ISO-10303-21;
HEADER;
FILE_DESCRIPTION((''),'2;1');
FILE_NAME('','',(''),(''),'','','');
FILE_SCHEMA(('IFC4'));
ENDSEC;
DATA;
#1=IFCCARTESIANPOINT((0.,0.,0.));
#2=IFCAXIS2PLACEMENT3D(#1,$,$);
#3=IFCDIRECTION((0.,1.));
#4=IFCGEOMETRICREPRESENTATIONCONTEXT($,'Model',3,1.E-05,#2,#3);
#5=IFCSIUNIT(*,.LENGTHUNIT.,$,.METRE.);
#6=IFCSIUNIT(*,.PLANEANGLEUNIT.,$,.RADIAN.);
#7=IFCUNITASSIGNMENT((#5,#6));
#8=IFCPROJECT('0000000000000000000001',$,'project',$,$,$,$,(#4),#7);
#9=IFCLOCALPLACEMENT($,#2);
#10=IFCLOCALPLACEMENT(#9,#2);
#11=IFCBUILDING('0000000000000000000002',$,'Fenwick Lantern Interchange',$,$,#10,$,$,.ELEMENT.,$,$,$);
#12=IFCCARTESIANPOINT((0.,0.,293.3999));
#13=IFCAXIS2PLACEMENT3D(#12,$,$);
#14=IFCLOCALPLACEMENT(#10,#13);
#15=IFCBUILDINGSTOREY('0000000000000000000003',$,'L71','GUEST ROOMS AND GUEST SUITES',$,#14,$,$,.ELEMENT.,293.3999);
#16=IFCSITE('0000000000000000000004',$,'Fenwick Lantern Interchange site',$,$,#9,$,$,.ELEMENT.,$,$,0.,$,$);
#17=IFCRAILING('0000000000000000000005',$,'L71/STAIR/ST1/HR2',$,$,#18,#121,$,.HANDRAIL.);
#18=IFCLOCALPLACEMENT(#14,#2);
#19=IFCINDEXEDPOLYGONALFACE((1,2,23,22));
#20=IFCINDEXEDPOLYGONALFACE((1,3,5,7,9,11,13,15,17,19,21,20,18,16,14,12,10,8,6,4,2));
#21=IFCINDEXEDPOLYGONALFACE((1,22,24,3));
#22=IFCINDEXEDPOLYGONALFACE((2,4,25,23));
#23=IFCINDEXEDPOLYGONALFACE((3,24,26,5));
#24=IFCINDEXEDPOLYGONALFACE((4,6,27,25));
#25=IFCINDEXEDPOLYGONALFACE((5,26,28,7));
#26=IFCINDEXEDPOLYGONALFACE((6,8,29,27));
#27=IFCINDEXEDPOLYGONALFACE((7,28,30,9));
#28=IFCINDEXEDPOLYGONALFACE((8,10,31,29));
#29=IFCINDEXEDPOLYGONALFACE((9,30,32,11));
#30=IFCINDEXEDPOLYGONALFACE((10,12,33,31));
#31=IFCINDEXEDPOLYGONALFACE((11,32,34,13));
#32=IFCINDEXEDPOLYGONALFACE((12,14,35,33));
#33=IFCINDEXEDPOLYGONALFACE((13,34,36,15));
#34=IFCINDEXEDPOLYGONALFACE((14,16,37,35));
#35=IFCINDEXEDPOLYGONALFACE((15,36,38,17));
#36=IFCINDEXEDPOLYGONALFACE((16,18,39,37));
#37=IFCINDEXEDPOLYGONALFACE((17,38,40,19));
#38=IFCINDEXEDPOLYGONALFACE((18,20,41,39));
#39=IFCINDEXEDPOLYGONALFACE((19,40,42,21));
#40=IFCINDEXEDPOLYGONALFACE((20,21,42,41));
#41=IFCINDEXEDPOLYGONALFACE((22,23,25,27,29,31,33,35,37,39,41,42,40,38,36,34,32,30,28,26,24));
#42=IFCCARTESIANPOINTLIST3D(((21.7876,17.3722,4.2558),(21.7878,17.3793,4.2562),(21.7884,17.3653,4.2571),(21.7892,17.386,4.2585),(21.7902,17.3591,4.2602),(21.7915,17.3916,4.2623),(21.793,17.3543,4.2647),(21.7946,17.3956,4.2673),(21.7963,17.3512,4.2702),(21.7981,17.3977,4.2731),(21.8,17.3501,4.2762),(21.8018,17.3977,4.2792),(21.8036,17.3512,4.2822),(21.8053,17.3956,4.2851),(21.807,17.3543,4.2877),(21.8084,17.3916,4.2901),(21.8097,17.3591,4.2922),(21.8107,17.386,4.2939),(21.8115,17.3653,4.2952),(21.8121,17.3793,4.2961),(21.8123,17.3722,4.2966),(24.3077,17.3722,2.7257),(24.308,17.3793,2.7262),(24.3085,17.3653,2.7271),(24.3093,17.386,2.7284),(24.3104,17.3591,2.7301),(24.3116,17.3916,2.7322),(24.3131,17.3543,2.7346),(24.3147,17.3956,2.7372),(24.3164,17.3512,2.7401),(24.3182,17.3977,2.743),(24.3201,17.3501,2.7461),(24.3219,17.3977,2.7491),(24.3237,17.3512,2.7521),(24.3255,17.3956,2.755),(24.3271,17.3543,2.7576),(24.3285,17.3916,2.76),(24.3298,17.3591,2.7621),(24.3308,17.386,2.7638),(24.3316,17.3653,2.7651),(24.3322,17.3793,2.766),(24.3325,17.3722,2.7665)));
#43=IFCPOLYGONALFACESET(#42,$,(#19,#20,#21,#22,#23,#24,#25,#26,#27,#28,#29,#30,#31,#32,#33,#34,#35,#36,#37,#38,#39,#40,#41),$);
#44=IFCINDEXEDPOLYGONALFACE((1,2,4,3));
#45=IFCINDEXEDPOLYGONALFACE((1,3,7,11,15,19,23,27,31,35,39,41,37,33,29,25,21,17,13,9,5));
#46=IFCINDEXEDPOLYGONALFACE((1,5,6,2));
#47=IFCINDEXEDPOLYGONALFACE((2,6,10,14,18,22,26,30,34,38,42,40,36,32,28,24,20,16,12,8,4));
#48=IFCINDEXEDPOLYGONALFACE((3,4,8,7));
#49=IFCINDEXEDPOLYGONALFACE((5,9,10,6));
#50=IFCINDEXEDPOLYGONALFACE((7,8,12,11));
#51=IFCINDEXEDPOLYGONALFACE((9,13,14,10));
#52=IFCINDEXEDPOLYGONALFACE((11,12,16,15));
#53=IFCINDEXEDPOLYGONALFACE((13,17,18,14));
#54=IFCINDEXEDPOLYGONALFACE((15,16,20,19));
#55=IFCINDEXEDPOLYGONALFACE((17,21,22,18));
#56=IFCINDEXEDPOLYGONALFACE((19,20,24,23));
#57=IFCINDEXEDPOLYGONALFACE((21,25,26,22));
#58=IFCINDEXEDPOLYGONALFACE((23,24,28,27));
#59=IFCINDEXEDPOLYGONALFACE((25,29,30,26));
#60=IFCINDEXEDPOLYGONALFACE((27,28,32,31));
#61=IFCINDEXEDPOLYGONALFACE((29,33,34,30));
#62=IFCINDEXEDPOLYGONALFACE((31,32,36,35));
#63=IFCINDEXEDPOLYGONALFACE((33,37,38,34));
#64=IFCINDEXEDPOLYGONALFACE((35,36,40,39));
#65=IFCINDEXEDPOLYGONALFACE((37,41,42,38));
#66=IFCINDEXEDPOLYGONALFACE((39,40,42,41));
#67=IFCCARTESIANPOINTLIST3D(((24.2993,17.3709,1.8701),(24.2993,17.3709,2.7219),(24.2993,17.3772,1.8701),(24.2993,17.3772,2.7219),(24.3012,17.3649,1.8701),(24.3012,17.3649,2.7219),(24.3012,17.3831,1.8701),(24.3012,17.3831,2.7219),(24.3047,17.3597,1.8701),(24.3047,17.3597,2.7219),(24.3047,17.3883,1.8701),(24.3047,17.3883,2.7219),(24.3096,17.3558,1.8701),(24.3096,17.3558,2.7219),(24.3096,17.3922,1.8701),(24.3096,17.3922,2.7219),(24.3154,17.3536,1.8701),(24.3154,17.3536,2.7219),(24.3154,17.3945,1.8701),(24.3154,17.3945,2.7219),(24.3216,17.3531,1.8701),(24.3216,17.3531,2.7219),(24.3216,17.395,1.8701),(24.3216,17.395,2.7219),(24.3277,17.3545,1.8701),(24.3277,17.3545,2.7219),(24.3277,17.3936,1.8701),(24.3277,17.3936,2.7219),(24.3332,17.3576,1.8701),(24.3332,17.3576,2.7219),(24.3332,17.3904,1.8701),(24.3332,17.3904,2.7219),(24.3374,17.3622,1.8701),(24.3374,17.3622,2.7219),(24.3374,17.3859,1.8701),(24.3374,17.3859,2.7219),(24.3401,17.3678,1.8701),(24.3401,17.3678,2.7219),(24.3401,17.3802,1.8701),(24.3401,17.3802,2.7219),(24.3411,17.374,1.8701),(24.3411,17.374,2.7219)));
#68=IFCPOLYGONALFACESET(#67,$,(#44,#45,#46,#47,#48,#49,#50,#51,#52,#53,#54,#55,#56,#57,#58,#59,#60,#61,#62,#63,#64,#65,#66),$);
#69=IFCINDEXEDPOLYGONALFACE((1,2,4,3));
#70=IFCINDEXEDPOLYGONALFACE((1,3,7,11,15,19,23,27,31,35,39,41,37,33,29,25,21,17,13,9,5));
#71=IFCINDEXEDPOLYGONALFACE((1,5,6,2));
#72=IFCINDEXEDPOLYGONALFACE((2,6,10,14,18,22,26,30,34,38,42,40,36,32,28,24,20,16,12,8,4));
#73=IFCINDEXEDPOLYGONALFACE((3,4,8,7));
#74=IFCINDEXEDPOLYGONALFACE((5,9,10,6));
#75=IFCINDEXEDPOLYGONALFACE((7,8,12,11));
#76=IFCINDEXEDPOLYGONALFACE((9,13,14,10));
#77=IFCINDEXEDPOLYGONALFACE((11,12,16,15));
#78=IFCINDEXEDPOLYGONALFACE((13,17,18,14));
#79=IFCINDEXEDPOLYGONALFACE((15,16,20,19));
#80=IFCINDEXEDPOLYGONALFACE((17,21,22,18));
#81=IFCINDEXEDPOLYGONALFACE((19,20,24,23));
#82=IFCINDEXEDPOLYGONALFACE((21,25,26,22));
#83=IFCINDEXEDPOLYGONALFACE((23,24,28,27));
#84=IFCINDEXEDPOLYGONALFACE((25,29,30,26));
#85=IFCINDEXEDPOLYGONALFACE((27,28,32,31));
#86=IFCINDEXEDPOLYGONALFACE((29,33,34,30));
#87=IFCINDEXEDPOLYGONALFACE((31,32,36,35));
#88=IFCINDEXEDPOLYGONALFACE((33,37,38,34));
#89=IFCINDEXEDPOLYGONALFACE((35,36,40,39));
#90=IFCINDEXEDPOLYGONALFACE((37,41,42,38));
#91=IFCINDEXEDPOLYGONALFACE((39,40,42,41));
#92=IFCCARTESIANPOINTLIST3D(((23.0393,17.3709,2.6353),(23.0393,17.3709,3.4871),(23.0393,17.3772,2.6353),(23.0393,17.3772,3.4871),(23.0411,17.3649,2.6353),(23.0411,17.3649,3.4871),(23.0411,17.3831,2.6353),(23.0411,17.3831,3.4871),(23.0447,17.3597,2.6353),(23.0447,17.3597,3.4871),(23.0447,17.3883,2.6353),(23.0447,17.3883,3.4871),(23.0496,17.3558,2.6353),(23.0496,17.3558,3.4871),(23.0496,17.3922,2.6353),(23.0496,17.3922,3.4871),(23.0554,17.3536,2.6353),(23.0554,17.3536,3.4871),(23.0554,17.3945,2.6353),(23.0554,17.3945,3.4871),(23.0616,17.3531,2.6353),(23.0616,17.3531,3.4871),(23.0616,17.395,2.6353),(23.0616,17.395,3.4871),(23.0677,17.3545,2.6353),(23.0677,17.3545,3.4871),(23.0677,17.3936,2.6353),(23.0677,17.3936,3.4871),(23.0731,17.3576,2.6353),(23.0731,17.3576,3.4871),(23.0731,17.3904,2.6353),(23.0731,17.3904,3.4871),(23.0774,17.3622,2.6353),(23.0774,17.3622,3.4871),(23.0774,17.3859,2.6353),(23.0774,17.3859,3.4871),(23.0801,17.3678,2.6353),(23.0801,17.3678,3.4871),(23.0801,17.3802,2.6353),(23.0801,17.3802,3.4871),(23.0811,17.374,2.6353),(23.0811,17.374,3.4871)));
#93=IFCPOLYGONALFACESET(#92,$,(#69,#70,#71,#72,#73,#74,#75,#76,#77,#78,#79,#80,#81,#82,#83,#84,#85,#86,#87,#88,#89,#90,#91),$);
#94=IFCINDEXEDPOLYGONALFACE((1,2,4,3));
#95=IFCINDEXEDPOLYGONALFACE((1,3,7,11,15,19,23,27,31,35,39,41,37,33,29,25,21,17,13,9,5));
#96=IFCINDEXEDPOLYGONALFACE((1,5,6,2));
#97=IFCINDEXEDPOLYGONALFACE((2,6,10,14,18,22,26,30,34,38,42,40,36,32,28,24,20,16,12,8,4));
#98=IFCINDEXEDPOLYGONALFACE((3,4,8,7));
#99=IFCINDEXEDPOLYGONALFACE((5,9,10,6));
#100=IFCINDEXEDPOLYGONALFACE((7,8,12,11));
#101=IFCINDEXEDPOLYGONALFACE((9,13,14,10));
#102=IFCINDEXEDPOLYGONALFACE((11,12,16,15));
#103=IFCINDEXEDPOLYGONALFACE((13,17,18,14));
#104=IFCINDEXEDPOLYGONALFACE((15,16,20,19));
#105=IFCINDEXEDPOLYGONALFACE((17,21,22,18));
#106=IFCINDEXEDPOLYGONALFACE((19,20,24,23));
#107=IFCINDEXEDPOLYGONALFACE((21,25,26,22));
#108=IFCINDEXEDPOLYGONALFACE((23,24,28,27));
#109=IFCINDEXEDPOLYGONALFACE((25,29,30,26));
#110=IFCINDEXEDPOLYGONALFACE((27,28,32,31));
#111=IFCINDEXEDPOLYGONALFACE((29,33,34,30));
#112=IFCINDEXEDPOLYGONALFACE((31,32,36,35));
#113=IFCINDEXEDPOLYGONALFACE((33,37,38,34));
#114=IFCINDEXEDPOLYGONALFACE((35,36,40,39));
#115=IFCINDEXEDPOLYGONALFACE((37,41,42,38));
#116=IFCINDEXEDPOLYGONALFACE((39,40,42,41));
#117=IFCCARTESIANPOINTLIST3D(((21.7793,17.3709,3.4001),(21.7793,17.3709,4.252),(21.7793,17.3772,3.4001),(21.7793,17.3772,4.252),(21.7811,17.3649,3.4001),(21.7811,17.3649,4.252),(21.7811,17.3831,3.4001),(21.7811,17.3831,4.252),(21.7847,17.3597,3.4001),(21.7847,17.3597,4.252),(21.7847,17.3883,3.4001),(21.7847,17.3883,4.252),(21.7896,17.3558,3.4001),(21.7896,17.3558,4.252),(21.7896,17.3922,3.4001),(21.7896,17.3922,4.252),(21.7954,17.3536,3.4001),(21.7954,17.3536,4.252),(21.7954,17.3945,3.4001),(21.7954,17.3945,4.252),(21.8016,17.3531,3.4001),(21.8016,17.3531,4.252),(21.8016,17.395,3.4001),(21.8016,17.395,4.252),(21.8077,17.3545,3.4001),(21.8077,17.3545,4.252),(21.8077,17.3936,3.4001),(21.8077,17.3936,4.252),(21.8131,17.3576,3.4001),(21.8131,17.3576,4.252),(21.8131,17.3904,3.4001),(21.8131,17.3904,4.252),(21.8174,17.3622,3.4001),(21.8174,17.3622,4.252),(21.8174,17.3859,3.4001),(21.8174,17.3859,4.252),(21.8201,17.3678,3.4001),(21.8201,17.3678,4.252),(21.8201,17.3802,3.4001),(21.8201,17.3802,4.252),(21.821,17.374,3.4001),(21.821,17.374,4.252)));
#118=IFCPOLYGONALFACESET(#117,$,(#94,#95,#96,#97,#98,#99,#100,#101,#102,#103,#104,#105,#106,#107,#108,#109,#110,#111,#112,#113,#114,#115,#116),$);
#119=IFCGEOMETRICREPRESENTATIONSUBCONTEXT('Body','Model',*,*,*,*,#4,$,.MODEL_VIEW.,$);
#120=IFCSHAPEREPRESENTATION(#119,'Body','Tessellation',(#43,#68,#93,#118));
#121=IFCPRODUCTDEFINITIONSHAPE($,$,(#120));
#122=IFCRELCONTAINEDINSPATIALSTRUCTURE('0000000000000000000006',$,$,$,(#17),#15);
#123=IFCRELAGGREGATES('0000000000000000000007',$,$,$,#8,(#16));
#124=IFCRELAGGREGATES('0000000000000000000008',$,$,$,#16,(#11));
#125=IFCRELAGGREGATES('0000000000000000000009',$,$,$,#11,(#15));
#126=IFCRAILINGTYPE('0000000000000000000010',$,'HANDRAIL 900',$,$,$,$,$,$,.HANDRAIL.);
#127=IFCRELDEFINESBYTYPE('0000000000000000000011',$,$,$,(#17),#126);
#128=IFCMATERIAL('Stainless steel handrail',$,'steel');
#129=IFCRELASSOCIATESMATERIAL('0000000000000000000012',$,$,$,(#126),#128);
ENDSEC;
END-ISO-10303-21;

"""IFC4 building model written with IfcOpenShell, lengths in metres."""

from ifc_helpers import new_model, si_unit, direction, frame, origin, origin_2d, place, context, subcontext, project, spatial, circle, extrude, material, type_object, element, save


model = new_model("IFC4")

# Units and contexts
model_context = context("Model", 3, precision=1e-05, world=origin(), true_north=direction((0.0, 1.0)))
body_context = subcontext(model_context, "Body", "Model", "MODEL_VIEW")
ifc_project = project(units=[si_unit("LENGTHUNIT", "METRE"), si_unit("PLANEANGLEUNIT", "RADIAN")], contexts=[model_context])

# Site, building, storey
site_placement = place(None, origin())
site = spatial("IfcSite", under=ifc_project, at=site_placement, Name="Fenwick Lantern Interchange site", CompositionType="ELEMENT", RefElevation=0.0)
building_placement = place(site_placement, origin())
building = spatial("IfcBuilding", under=site, at=building_placement, Name="Fenwick Lantern Interchange", CompositionType="ELEMENT")
storey_placement = place(building_placement, frame((0.0, 0.0, 293.3999)))
storey = spatial("IfcBuildingStorey", under=building, at=storey_placement, Name="L71", Description="GUEST ROOMS AND GUEST SUITES", CompositionType="ELEMENT", Elevation=293.3999)

# Railing
ifc_material_1 = material(Name="Stainless steel handrail", Category="steel")
railing_type = type_object("IfcRailingType", Name="HANDRAIL 900", PredefinedType="HANDRAIL", material=ifc_material_1)
railing_1_placement = place(storey_placement, frame((24.3201, 17.374, 1.8701)))
element("IfcRailing", 1, at=railing_1_placement, inside=storey, type_object=railing_type, Name="L71/STAIR/ST1/HR2", PredefinedType="HANDRAIL", context=body_context, shape_type="SweptSolid", body=[
    extrude(circle(Radius=0.0239, at=origin_2d()), frame((0.0, 0.0, 0.876), z_axis=(-0.854785, 0.0, 0.518982), x_axis=(0.0, -1.0, 0.0)), (0.0, 0.0, 1.0), 2.9482),
    extrude(circle(Radius=0.021, at=origin_2d()), origin(), (0.0, 0.0, 1.0), 0.8518),
    extrude(circle(Radius=0.021, at=origin_2d()), frame((-1.26, 0.0, 0.7651)), (0.0, 0.0, 1.0), 0.8518),
    extrude(circle(Radius=0.021, at=origin_2d()), frame((-2.52, 0.0, 1.53)), (0.0, 0.0, 1.0), 0.8518),
])

save(model, "model.ifc")
